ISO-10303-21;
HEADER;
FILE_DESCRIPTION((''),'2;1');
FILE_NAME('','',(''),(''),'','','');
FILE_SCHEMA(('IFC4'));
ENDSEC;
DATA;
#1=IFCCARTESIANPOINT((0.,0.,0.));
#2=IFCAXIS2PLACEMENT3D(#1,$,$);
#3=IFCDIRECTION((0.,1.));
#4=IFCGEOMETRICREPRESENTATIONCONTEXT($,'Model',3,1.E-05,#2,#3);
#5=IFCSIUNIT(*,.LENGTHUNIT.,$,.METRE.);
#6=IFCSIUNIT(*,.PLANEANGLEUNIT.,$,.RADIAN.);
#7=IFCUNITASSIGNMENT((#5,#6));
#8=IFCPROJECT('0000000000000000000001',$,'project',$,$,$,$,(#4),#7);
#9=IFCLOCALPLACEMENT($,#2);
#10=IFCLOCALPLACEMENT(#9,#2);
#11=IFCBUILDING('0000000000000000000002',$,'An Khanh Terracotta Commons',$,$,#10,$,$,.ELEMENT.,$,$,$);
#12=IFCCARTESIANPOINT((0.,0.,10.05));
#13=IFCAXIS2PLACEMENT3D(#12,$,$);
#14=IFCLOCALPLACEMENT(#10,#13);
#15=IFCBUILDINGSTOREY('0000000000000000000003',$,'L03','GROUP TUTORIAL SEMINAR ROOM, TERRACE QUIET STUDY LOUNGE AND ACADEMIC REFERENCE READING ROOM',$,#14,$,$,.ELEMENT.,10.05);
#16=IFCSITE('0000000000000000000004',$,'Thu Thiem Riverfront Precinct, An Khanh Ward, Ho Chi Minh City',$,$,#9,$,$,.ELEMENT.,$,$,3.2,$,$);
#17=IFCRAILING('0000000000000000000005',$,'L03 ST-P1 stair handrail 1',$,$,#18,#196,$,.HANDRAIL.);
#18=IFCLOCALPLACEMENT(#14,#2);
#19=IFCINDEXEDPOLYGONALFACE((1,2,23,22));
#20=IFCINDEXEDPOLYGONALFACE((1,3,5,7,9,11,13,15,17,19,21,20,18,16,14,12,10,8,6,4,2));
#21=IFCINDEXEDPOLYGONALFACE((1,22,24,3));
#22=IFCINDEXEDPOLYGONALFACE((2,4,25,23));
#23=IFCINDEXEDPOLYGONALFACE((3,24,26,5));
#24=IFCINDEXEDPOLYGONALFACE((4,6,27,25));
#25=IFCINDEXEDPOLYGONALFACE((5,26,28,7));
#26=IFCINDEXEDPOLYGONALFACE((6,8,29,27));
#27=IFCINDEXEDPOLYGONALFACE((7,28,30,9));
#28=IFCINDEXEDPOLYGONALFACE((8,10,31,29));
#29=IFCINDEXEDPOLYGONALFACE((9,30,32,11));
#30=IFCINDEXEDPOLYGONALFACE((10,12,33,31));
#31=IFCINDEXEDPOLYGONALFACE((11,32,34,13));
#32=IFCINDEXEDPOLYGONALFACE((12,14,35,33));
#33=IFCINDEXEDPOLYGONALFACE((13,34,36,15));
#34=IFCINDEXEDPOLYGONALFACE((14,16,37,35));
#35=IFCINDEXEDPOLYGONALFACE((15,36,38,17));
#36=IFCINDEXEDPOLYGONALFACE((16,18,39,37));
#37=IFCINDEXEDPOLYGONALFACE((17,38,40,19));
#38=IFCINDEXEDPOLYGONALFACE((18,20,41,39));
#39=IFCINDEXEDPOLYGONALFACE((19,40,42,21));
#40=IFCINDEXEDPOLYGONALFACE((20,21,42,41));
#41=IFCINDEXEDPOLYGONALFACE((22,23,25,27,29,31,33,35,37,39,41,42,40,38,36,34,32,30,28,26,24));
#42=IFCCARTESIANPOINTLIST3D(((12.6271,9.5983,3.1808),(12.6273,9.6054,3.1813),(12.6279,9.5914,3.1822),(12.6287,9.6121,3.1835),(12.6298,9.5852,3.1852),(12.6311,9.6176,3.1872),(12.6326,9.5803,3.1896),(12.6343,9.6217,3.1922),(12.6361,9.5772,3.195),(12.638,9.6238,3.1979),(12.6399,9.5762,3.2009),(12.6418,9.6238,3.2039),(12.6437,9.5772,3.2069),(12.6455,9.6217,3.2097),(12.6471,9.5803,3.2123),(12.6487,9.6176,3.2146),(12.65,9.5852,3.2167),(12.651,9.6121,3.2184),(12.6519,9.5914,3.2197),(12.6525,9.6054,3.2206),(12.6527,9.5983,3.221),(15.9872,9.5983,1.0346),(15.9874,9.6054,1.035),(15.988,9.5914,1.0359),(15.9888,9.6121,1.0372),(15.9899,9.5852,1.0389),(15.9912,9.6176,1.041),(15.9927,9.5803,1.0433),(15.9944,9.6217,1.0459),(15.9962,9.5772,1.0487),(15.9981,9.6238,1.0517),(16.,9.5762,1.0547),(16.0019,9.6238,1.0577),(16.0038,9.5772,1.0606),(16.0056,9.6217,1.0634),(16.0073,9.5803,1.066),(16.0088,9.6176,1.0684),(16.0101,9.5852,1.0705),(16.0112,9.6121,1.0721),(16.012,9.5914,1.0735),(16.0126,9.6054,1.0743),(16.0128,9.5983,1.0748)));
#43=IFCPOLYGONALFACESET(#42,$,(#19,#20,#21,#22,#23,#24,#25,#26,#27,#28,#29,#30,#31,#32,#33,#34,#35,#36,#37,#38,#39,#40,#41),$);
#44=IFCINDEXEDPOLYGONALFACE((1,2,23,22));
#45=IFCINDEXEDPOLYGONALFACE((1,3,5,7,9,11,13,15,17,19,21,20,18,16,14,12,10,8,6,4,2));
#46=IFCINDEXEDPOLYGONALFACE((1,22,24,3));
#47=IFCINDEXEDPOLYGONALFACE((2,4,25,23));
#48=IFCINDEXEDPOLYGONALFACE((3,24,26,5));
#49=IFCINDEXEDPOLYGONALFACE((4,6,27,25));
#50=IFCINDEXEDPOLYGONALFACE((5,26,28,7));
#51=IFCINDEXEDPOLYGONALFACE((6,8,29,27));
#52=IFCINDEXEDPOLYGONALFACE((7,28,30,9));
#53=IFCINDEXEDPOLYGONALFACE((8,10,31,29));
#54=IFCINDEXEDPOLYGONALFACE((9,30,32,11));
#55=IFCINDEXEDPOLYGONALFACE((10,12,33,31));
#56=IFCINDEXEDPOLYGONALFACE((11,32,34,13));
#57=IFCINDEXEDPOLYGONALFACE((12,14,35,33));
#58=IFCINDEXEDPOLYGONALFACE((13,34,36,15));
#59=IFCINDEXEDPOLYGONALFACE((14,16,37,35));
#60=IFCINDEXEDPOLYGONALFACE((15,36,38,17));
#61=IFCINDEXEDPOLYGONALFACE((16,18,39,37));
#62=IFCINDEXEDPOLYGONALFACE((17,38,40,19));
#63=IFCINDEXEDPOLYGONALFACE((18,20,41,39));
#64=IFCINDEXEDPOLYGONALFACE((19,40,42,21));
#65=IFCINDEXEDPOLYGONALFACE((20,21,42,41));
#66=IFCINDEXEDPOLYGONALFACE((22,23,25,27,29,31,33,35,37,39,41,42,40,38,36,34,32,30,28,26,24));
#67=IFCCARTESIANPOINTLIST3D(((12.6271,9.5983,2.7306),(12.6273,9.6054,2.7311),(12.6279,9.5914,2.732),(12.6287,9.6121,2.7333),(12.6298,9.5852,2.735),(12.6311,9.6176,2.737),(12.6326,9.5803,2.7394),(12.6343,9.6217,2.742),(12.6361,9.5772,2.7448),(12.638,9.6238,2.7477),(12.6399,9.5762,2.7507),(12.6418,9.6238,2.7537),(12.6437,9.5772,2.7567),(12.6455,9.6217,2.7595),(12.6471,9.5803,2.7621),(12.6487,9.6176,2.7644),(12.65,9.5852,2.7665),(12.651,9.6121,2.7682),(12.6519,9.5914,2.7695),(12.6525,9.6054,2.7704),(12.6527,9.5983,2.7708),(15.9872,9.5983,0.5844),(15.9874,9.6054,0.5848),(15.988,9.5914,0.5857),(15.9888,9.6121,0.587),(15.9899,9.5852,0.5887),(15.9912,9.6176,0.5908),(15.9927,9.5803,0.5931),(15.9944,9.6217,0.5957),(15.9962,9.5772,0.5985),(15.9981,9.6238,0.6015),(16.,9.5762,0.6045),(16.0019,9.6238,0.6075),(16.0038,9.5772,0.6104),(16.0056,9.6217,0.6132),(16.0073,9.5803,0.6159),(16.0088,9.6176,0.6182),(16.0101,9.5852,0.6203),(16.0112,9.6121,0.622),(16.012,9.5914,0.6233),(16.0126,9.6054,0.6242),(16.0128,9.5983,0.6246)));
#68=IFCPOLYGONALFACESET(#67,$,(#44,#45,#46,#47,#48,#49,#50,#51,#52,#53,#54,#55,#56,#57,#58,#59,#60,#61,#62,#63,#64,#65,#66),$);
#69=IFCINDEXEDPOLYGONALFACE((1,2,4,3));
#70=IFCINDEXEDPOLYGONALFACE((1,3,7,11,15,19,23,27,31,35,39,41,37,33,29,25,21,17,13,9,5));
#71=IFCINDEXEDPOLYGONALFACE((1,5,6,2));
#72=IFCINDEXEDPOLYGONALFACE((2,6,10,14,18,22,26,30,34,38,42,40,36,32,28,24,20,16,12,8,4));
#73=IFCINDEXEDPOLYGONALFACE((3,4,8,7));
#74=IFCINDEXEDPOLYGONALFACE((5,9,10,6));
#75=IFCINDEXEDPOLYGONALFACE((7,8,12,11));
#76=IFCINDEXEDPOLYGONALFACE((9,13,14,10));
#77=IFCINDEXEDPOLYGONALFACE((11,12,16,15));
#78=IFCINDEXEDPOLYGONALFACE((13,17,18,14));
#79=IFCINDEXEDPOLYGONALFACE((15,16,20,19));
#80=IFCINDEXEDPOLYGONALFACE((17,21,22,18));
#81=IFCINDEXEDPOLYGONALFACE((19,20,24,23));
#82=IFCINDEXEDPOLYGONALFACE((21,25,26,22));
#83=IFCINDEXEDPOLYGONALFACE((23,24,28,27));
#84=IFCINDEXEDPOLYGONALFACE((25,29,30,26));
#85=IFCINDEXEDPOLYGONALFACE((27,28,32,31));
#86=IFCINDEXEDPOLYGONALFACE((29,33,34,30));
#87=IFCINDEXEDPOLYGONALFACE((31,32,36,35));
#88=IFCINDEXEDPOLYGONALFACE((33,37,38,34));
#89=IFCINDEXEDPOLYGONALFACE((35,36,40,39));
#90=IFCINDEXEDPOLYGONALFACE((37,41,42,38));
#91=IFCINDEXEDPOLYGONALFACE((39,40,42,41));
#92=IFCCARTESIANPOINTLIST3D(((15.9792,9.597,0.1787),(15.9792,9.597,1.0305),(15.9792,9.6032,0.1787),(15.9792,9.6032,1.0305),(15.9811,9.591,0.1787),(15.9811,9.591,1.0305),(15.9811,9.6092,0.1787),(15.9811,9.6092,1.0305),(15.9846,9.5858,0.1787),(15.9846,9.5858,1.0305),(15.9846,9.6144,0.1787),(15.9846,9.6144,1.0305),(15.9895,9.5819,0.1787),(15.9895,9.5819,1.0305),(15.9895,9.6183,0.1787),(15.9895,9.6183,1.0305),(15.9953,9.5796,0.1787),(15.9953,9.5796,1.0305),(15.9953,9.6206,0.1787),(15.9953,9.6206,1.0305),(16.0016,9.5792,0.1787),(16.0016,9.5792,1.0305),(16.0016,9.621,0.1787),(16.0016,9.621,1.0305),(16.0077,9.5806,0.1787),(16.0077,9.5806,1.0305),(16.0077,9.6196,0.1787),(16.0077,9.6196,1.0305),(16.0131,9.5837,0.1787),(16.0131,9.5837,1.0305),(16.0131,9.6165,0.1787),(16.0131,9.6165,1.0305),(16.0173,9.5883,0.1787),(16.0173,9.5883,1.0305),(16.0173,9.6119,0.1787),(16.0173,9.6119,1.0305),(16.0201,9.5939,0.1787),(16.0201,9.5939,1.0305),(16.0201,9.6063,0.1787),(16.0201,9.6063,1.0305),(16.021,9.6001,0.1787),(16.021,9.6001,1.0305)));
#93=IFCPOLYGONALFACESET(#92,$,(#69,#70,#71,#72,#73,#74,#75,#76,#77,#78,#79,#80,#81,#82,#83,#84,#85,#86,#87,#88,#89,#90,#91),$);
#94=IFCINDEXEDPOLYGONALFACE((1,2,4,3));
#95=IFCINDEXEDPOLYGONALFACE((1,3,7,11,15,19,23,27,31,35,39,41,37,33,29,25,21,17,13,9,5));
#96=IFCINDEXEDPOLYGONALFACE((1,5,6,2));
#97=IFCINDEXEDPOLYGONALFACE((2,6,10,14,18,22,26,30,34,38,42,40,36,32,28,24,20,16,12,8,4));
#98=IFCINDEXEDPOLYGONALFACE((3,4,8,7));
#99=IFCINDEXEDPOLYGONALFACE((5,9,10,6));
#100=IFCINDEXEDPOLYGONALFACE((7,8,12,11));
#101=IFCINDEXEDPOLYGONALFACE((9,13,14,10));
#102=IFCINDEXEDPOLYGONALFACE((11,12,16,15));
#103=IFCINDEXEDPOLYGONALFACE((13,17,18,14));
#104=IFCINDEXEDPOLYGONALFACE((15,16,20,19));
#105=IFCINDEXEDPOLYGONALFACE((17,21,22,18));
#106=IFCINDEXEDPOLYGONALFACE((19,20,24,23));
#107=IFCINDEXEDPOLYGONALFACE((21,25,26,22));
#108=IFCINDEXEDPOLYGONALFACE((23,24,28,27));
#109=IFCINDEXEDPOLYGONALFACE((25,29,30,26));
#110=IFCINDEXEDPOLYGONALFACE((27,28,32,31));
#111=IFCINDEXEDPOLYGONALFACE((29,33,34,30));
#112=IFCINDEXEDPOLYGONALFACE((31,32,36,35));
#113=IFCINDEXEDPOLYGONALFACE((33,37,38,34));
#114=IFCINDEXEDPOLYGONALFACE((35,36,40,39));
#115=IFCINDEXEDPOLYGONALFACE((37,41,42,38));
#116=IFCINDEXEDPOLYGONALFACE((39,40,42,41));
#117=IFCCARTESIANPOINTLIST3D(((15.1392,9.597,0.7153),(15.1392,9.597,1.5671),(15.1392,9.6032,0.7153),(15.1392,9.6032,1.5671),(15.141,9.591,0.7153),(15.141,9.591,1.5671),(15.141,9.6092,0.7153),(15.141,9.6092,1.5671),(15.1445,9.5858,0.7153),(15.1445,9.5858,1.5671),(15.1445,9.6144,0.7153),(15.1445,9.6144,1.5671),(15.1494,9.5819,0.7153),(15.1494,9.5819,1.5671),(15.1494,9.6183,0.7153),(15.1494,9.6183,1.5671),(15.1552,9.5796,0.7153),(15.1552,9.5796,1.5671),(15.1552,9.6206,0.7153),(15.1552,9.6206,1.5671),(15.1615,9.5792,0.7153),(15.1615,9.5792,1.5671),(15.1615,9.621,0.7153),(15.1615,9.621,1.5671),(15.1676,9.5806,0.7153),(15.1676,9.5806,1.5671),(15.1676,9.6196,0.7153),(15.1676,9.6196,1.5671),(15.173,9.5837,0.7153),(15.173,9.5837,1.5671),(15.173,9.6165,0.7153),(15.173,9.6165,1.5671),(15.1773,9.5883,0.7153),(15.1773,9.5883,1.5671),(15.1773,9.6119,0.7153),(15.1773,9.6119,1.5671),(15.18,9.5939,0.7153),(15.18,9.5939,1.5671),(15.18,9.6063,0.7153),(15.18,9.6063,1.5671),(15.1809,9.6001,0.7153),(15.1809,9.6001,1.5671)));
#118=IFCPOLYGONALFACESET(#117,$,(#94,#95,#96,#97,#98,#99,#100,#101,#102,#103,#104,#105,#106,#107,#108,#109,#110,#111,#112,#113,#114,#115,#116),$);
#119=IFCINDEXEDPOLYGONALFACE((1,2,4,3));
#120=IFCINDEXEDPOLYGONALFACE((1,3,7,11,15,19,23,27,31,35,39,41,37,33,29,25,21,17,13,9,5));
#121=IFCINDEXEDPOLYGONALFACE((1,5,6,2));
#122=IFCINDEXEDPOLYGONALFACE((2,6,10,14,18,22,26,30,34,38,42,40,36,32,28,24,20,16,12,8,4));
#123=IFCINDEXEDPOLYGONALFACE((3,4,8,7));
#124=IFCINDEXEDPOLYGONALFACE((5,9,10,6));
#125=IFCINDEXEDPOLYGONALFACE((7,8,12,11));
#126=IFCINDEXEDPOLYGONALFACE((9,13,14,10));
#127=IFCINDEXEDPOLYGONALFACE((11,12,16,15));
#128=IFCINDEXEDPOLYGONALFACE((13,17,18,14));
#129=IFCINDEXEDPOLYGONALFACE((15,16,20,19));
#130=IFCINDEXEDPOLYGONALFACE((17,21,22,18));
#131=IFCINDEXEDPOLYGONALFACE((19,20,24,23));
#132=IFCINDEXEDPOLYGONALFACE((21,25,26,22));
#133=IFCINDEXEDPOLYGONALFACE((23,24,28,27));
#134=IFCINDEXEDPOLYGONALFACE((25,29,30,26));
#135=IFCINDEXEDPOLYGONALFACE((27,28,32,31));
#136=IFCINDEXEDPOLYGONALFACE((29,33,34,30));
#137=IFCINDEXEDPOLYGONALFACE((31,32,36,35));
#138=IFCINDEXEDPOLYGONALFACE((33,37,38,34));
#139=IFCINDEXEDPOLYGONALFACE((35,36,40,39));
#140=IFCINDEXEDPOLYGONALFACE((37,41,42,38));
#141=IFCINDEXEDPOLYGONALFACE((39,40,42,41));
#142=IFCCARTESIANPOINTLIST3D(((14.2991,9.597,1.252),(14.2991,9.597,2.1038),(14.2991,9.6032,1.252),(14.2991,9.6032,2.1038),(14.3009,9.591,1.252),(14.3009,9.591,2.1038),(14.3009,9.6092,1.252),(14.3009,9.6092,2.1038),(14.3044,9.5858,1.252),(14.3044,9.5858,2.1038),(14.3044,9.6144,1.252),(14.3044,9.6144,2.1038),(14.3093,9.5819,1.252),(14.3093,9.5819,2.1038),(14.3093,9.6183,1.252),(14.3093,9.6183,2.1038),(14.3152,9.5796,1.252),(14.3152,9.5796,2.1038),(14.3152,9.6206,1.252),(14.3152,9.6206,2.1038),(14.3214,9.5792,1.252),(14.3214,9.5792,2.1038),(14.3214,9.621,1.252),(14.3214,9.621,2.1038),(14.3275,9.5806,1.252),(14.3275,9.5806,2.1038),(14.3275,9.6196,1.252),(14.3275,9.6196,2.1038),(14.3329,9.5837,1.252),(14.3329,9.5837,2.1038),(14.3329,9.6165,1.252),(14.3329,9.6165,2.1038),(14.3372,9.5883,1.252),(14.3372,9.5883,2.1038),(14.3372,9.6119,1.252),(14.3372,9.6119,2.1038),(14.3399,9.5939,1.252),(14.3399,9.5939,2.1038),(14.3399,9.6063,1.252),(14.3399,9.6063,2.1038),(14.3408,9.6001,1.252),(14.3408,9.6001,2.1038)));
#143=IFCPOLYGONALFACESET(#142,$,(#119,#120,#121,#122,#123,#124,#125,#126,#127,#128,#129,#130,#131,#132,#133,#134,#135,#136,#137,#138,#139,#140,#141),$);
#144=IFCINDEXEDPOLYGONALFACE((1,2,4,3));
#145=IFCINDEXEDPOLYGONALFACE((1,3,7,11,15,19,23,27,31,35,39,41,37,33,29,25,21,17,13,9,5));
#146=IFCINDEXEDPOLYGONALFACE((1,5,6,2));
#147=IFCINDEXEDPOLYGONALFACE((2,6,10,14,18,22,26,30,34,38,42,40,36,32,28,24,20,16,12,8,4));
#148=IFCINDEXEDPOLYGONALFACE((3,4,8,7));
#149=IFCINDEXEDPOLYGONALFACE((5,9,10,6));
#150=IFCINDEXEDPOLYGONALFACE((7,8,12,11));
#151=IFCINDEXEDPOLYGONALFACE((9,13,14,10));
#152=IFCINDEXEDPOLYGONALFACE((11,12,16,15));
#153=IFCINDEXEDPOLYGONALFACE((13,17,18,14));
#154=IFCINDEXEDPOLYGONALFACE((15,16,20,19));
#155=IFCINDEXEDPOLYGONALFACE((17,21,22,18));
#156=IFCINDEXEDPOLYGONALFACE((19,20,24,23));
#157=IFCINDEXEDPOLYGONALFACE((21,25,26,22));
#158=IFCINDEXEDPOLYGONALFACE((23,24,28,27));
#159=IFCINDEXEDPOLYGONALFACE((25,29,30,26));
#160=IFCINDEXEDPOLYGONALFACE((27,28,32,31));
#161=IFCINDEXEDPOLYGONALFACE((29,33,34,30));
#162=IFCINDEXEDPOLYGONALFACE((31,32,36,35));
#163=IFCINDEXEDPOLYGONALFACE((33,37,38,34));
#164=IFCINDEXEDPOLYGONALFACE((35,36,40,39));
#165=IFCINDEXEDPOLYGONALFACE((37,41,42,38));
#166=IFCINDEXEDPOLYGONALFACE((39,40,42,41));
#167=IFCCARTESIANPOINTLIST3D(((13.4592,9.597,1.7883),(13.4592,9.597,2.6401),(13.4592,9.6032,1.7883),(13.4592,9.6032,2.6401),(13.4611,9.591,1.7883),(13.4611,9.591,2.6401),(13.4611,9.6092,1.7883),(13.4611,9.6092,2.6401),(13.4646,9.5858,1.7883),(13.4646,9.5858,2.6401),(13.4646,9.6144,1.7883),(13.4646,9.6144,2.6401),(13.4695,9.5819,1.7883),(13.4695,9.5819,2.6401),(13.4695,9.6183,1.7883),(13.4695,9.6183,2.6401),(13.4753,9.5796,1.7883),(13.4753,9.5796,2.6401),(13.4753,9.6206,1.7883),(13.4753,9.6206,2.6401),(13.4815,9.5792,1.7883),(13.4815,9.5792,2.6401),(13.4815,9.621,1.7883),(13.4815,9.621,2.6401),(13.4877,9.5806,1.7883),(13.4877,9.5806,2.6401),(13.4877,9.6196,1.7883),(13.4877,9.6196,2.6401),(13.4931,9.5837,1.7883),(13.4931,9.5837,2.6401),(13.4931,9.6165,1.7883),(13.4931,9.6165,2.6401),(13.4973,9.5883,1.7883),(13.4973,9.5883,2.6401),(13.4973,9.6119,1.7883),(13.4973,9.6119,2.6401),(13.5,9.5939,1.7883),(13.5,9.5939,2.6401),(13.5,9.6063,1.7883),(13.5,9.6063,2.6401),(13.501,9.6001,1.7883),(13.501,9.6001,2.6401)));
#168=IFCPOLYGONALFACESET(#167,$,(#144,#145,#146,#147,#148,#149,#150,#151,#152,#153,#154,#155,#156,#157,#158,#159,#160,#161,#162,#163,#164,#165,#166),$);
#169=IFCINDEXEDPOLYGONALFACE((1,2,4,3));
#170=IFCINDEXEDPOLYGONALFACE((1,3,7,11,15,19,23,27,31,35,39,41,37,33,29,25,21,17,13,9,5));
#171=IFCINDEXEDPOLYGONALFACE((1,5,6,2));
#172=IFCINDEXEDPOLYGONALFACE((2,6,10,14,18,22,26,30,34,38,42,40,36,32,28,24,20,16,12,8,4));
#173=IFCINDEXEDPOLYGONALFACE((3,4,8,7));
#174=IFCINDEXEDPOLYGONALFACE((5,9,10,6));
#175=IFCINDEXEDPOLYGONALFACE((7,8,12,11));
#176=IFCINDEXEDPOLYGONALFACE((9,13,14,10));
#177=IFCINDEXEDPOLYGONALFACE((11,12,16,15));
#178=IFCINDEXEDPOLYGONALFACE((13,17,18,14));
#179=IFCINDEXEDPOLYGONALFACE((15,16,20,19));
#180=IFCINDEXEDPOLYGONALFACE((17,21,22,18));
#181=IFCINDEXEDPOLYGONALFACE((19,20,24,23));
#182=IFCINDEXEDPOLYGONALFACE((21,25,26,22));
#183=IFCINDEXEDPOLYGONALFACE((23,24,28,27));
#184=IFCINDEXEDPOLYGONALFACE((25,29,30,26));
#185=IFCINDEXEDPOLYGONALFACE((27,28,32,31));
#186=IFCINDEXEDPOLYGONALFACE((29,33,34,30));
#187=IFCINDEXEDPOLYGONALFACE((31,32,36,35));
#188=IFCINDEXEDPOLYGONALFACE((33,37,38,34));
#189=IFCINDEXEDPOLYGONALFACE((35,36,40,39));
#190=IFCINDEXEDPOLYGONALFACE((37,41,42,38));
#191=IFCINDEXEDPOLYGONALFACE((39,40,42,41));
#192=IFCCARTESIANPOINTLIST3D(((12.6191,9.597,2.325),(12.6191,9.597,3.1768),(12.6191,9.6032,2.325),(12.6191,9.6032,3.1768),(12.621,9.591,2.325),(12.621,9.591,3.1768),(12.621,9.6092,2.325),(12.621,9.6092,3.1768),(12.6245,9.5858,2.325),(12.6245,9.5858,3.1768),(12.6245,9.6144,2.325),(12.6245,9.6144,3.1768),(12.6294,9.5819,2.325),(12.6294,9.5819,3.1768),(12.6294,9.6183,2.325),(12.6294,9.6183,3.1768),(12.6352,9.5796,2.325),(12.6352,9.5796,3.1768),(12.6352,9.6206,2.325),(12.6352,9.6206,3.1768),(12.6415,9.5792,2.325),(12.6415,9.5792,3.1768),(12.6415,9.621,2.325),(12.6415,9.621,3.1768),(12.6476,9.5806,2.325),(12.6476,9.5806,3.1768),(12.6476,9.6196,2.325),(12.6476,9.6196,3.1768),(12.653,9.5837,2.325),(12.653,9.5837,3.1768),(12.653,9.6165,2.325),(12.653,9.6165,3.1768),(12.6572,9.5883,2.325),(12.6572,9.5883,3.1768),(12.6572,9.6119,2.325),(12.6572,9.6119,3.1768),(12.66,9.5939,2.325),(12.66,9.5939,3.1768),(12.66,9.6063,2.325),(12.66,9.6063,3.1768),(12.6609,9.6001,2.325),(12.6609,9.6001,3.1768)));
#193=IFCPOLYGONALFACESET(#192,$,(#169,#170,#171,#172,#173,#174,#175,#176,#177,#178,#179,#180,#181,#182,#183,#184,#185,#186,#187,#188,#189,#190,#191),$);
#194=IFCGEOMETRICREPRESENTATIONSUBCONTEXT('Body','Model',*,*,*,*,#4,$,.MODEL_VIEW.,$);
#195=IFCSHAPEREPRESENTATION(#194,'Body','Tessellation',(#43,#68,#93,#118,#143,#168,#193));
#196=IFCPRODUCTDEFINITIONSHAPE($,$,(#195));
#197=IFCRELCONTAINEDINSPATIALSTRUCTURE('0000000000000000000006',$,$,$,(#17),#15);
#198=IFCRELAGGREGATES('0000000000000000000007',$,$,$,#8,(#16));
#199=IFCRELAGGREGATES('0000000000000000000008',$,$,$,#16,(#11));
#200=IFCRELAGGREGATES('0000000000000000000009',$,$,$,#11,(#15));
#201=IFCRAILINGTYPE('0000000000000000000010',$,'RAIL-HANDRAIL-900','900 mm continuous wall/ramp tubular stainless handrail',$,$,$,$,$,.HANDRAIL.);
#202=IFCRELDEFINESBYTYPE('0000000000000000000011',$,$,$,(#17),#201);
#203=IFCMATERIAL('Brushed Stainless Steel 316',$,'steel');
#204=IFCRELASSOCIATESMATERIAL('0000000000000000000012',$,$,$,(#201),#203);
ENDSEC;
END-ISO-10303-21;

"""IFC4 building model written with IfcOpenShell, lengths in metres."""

from ifc_helpers import new_model, si_unit, direction, frame, origin, origin_2d, place, context, subcontext, project, spatial, circle, extrude, material, type_object, element, save


model = new_model("IFC4")

# Units and contexts
model_context = context("Model", 3, precision=1e-05, world=origin(), true_north=direction((0.0, 1.0)))
body_context = subcontext(model_context, "Body", "Model", "MODEL_VIEW")
ifc_project = project(units=[si_unit("LENGTHUNIT", "METRE"), si_unit("PLANEANGLEUNIT", "RADIAN")], contexts=[model_context])

# Site, building, storey
site_placement = place(None, origin())
site = spatial("IfcSite", under=ifc_project, at=site_placement, Name="Thu Thiem Riverfront Precinct, An Khanh Ward, Ho Chi Minh City", CompositionType="ELEMENT", RefElevation=3.2)
building_placement = place(site_placement, origin())
building = spatial("IfcBuilding", under=site, at=building_placement, Name="An Khanh Terracotta Commons", CompositionType="ELEMENT")
storey_placement = place(building_placement, frame((0.0, 0.0, 10.05)))
storey = spatial("IfcBuildingStorey", under=building, at=storey_placement, Name="L03", Description="GROUP TUTORIAL SEMINAR ROOM, TERRACE QUIET STUDY LOUNGE AND ACADEMIC REFERENCE READING ROOM", CompositionType="ELEMENT", Elevation=10.05)

# Railing
ifc_material_1 = material(Name="Brushed Stainless Steel 316", Category="steel")
railing_type_1 = type_object("IfcRailingType", Name="RAIL-HANDRAIL-900", Description="900 mm continuous wall/ramp tubular stainless handrail", PredefinedType="HANDRAIL", material=ifc_material_1)
railing_1_placement = place(storey_placement, frame((16.0, 9.6001, 0.1787)))
element("IfcRailing", 1, at=railing_1_placement, inside=storey, type_object=railing_type_1, Name="L03 ST-P1 stair handrail 1", PredefinedType="HANDRAIL", context=body_context, shape_type="SweptSolid", body=[
    extrude(circle(Radius=0.0239, at=origin_2d()), frame((0.0, 0.0, 0.876), z_axis=(-0.842753, 0.0, 0.538301), x_axis=(0.0, -1.0, 0.0)), (0.0, 0.0, 1.0), 3.9871),
    extrude(circle(Radius=0.0239, at=origin_2d()), frame((0.0, 0.0, 0.4258), z_axis=(-0.842753, 0.0, 0.538301), x_axis=(0.0, -1.0, 0.0)), (0.0, 0.0, 1.0), 3.9871),
    extrude(circle(Radius=0.021, at=origin_2d()), origin(), (0.0, 0.0, 1.0), 0.8518),
    extrude(circle(Radius=0.021, at=origin_2d()), frame((-0.8401, 0.0, 0.5366)), (0.0, 0.0, 1.0), 0.8518),
    extrude(circle(Radius=0.021, at=origin_2d()), frame((-1.6802, 0.0, 1.0732)), (0.0, 0.0, 1.0), 0.8518),
    extrude(circle(Radius=0.021, at=origin_2d()), frame((-2.52, 0.0, 1.6096)), (0.0, 0.0, 1.0), 0.8518),
    extrude(circle(Radius=0.021, at=origin_2d()), frame((-3.3601, 0.0, 2.1462)), (0.0, 0.0, 1.0), 0.8518),
])

save(model, "model.ifc")
